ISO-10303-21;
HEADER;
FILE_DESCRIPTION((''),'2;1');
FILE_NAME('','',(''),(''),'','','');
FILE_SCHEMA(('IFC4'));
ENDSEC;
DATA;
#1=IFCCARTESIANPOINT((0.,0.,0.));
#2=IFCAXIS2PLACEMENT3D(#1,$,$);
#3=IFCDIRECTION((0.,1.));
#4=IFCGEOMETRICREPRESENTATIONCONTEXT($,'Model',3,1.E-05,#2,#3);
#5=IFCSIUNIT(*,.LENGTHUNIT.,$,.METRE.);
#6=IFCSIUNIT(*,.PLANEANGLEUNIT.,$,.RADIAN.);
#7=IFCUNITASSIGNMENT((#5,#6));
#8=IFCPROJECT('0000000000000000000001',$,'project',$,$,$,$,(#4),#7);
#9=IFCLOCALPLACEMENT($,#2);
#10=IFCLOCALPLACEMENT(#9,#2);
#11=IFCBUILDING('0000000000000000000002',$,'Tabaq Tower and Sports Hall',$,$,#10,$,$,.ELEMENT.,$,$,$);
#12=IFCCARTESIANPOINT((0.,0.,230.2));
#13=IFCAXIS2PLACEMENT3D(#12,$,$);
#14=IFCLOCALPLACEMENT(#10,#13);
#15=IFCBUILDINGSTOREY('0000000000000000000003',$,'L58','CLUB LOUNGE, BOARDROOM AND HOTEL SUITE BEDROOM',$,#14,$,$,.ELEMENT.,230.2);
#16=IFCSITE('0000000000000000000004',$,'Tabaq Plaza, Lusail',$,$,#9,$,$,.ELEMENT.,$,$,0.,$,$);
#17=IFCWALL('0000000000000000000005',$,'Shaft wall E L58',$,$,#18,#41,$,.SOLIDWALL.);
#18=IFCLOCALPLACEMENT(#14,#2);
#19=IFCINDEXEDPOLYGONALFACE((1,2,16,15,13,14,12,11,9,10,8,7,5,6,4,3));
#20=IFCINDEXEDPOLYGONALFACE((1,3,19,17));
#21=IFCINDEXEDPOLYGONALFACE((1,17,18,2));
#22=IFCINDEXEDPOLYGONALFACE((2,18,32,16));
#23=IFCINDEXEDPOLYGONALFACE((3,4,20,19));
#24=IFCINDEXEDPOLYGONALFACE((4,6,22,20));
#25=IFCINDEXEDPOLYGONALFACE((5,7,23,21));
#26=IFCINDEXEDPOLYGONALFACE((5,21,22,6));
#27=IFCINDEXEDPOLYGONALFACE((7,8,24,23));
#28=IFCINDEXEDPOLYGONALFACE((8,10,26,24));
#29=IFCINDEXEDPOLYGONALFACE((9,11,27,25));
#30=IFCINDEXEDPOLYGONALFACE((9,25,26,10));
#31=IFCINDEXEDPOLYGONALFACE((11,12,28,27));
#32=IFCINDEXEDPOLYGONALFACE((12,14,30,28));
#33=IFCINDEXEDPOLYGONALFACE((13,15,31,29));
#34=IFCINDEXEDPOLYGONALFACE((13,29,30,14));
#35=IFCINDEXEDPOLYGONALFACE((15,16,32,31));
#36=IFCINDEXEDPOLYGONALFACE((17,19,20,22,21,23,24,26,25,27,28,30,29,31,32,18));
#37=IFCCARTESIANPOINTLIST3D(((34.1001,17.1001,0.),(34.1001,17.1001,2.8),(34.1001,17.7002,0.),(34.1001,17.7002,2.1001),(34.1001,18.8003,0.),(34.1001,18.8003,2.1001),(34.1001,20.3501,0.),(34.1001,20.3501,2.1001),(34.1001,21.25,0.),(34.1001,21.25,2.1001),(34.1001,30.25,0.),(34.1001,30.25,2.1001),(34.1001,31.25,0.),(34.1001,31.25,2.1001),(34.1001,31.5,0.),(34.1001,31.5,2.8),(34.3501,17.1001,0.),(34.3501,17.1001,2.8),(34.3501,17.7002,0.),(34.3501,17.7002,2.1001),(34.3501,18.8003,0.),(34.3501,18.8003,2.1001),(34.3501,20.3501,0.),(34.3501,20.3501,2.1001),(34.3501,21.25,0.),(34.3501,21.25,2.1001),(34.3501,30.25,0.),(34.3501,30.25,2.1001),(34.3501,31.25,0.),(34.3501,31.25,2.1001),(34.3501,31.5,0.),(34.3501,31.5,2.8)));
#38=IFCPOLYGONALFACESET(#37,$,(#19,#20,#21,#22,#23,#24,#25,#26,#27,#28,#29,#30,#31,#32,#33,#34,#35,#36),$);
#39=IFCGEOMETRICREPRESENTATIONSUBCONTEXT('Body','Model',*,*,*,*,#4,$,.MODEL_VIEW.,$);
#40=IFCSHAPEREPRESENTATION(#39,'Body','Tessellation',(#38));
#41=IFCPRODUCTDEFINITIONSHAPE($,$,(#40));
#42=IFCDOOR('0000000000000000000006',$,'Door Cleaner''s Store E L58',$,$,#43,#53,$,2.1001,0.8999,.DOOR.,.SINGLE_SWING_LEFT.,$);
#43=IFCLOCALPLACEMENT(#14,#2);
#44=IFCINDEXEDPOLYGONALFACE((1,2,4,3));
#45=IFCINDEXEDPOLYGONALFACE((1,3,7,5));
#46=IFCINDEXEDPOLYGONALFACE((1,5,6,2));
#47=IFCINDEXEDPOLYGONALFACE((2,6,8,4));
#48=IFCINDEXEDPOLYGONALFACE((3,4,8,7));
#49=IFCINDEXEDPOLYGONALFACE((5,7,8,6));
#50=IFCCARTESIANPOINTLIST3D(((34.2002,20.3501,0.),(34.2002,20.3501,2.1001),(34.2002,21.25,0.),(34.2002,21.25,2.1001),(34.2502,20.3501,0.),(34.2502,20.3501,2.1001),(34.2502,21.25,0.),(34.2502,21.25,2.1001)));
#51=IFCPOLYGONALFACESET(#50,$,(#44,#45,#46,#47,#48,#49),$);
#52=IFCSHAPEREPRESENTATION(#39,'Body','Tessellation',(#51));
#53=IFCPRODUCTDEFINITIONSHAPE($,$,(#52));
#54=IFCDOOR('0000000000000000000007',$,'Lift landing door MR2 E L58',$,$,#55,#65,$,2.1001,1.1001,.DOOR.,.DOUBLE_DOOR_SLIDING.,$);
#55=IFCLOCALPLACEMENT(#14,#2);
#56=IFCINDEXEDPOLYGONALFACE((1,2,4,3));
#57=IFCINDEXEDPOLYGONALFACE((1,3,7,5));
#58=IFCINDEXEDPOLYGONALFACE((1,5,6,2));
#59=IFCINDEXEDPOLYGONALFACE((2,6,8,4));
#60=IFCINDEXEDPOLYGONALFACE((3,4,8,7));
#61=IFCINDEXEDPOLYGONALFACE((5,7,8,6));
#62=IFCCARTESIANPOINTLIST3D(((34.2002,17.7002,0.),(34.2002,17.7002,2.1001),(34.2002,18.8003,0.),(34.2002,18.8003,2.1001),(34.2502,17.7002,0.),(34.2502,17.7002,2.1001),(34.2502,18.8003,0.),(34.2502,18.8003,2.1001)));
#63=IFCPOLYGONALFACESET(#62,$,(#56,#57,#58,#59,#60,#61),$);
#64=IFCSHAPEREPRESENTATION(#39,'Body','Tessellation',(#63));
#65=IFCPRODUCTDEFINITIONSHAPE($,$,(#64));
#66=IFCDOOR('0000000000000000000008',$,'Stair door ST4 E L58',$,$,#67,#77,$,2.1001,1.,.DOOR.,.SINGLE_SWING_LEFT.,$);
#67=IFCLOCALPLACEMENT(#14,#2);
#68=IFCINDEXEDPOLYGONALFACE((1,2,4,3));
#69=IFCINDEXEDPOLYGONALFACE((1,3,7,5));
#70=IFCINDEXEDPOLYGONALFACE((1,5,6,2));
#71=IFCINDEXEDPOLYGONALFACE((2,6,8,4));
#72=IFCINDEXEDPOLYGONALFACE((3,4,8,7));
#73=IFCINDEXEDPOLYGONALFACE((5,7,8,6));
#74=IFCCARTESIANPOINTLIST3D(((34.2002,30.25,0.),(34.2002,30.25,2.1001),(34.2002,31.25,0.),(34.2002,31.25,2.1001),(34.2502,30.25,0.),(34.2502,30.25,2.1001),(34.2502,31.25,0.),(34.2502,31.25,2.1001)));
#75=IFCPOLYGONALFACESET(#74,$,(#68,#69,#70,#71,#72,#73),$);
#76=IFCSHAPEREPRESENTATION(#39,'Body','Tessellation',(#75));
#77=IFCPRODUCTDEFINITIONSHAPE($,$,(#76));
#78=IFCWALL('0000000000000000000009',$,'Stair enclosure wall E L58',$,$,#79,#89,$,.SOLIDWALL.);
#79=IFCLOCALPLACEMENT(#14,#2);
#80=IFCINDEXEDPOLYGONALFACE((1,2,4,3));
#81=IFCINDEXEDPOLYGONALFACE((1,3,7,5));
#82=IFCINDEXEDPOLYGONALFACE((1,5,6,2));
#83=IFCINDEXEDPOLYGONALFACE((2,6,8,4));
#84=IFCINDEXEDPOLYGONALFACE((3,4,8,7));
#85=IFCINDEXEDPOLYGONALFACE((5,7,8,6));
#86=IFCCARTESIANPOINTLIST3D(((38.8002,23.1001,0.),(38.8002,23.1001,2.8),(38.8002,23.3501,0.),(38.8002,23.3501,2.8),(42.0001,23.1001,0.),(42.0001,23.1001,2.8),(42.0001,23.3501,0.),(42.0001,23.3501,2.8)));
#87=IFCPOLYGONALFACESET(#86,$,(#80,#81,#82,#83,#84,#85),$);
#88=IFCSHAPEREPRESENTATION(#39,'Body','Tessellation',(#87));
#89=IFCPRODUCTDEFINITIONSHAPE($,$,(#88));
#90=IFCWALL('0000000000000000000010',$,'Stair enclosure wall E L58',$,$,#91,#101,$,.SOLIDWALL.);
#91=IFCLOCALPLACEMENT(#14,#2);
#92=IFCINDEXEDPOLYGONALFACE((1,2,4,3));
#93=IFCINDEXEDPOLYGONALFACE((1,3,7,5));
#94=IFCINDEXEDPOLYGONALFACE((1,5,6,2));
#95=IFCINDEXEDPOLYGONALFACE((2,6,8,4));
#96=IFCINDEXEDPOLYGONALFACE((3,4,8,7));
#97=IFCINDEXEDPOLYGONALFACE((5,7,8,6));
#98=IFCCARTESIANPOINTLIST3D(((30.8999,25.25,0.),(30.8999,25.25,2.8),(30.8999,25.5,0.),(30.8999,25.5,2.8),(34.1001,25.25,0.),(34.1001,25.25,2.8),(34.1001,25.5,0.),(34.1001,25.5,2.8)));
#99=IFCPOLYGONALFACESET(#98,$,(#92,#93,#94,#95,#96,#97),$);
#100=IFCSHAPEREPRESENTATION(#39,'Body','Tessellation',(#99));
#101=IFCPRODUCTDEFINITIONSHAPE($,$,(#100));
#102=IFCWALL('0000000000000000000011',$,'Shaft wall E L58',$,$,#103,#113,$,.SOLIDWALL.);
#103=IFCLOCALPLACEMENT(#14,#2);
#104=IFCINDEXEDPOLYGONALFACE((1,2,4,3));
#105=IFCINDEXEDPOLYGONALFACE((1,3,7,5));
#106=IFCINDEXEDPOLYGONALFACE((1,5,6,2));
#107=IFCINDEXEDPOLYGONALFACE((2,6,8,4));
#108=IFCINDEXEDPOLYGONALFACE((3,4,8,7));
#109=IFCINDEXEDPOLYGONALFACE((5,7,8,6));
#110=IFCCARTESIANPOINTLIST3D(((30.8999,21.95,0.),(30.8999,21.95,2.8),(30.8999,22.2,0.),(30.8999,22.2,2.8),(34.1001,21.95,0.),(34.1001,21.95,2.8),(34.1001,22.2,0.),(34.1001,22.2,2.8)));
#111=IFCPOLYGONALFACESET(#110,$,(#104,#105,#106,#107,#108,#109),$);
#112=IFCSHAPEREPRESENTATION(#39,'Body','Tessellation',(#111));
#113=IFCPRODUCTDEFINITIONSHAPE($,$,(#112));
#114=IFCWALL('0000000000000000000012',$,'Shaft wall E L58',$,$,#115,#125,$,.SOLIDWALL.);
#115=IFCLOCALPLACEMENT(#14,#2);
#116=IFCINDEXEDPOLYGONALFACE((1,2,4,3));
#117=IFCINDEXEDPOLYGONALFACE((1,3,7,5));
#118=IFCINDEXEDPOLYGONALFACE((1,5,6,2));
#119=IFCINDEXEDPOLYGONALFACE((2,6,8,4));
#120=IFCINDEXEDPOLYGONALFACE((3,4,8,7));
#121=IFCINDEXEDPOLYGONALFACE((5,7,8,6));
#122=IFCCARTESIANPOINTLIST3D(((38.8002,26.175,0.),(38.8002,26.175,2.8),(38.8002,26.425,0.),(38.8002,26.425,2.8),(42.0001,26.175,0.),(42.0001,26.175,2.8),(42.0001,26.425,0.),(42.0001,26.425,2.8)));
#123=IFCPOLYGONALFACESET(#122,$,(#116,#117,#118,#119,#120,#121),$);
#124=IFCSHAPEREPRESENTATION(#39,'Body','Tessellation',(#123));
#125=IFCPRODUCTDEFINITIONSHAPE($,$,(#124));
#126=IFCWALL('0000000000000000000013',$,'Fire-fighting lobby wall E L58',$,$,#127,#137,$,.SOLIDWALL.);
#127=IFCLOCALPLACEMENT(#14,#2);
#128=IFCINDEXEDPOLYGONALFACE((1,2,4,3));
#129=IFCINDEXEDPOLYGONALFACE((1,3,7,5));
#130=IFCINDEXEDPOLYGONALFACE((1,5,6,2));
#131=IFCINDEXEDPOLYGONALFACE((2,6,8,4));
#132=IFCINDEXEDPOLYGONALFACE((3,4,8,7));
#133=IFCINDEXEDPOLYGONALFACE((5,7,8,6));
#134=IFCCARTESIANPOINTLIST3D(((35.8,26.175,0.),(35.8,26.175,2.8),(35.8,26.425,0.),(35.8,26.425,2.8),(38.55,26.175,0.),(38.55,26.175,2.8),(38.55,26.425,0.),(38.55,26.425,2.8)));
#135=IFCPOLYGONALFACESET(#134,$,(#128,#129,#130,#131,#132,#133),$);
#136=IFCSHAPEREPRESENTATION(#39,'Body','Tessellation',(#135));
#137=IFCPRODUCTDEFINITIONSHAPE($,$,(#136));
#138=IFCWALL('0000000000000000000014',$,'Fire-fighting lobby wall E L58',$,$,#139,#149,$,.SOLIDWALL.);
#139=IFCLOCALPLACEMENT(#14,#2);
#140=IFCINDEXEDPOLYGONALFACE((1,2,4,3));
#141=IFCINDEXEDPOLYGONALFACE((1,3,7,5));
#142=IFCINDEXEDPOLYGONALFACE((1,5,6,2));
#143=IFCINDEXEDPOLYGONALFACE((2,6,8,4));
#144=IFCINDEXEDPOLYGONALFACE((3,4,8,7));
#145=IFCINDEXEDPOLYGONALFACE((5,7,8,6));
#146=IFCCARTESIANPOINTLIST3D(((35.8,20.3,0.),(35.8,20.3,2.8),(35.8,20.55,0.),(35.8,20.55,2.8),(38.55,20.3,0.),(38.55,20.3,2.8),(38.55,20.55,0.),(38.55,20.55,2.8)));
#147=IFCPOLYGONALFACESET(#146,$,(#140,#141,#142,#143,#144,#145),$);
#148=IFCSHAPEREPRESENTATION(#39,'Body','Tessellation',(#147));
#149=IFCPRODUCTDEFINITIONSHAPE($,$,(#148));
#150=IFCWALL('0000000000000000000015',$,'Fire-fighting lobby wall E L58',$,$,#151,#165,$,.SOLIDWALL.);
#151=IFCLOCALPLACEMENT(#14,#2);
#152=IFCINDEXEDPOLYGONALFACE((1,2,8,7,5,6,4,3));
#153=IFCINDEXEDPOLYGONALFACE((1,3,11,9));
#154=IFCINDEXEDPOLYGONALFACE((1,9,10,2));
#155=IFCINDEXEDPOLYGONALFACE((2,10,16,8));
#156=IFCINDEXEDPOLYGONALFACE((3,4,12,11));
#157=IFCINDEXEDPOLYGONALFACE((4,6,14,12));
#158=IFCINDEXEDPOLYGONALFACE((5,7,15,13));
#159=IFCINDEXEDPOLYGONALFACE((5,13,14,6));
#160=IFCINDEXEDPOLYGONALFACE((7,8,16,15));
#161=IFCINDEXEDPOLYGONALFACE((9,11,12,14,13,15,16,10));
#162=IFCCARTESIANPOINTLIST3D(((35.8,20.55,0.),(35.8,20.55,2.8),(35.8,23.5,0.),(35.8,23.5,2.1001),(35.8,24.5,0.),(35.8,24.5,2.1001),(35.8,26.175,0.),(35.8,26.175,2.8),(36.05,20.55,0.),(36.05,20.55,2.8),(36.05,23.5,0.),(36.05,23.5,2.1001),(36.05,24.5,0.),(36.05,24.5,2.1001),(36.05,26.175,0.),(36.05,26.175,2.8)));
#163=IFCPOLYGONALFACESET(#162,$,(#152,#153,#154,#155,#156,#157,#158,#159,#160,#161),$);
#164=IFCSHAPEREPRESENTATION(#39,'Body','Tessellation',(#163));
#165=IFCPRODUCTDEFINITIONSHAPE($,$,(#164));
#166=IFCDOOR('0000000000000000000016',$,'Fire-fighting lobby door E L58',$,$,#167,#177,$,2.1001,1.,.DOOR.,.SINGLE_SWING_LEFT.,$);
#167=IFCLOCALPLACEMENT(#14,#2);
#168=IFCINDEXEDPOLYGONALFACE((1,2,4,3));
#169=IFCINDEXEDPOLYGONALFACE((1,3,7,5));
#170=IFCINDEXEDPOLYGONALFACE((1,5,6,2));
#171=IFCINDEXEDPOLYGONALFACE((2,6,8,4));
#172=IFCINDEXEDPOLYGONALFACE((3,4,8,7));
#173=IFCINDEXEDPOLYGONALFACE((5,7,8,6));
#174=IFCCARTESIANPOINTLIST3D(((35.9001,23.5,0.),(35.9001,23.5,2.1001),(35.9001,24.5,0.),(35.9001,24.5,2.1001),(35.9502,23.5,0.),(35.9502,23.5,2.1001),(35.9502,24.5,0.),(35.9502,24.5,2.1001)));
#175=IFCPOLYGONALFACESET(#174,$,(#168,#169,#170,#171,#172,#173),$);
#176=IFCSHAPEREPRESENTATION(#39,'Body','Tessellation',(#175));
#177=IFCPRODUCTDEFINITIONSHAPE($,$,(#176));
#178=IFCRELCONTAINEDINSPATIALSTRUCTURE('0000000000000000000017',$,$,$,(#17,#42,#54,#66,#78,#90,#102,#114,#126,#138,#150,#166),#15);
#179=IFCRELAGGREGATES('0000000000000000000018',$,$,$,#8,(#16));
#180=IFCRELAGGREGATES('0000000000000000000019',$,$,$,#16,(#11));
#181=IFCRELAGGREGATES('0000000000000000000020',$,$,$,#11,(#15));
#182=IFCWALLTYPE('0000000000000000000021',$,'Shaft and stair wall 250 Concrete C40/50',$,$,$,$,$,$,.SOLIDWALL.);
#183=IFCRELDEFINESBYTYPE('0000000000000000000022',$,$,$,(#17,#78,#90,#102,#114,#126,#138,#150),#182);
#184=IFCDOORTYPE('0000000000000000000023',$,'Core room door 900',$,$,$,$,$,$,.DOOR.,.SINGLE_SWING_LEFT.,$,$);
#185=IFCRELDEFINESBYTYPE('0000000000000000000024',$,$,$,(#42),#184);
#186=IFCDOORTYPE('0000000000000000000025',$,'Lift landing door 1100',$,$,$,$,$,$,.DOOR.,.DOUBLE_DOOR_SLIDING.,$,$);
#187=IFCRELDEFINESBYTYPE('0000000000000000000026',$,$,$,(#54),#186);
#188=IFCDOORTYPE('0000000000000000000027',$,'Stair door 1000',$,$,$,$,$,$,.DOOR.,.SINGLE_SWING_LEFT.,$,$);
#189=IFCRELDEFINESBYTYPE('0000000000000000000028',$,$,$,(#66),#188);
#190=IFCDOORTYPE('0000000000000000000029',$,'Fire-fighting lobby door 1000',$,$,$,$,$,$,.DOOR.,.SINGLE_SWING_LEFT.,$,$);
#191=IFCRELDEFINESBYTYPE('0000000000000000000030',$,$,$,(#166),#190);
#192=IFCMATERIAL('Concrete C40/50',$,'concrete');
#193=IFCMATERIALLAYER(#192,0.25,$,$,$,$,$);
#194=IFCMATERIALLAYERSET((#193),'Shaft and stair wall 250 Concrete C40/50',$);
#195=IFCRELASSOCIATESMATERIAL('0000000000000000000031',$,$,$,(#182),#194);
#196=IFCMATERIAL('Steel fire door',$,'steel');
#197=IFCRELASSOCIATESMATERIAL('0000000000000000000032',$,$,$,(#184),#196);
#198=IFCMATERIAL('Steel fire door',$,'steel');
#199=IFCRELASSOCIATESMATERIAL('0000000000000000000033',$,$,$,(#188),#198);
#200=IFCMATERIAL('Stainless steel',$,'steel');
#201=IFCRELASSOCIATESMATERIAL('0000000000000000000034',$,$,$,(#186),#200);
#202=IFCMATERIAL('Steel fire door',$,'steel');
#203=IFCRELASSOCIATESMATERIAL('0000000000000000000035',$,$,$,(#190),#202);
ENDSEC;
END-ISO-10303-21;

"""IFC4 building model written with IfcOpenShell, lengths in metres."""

from ifc_helpers import new_model, si_unit, direction, frame, frame_2d, origin, place, context, subcontext, project, spatial, rectangle, extrude, material, layer, layer_set, type_object, element, fill, save


model = new_model("IFC4")

# Units and contexts
model_context = context("Model", 3, precision=1e-05, world=origin(), true_north=direction((0.0, 1.0)))
body_context = subcontext(model_context, "Body", "Model", "MODEL_VIEW")
ifc_project = project(units=[si_unit("LENGTHUNIT", "METRE"), si_unit("PLANEANGLEUNIT", "RADIAN")], contexts=[model_context])

# Site, building, storey
site_placement = place(None, origin())
site = spatial("IfcSite", under=ifc_project, at=site_placement, Name="Tabaq Plaza, Lusail", CompositionType="ELEMENT", RefElevation=0.0)
building_placement = place(site_placement, origin())
building = spatial("IfcBuilding", under=site, at=building_placement, Name="Tabaq Tower and Sports Hall", CompositionType="ELEMENT")
storey_placement = place(building_placement, frame((0.0, 0.0, 230.2)))
storey = spatial("IfcBuildingStorey", under=building, at=storey_placement, Name="L58", Description="CLUB LOUNGE, BOARDROOM AND HOTEL SUITE BEDROOM", CompositionType="ELEMENT", Elevation=230.2)

# Wall, openings, doors
ifc_material_1 = material(Name="Concrete C40/50", Category="concrete")
ifc_layer_1 = layer(ifc_material_1, 0.25)
ifc_layer_set_1 = layer_set([ifc_layer_1], Name="Shaft and stair wall 250 Concrete C40/50")
wall_type_1 = type_object("IfcWallType", Name="Shaft and stair wall 250 Concrete C40/50", PredefinedType="SOLIDWALL", material=ifc_layer_set_1)
ifc_material_2 = material(Name="Steel fire door", Category="steel")
door_type_1 = type_object("IfcDoorType", Name="Core room door 900", OperationType="SINGLE_SWING_LEFT", PredefinedType="DOOR", material=ifc_material_2)
ifc_material_3 = material(Name="Steel fire door", Category="steel")
door_type_2 = type_object("IfcDoorType", Name="Stair door 1000", OperationType="SINGLE_SWING_LEFT", PredefinedType="DOOR", material=ifc_material_3)
wall_1_placement = place(storey_placement, frame((34.2251, 17.1001, 0.0), z_axis=(0.0, 0.0, 1.0), x_axis=(0.0, 1.0, 0.0)))
wall_1 = element("IfcWall", 1, at=wall_1_placement, inside=storey, type_object=wall_type_1, Name="Shaft wall E L58", PredefinedType="SOLIDWALL", context=body_context, shape_type="SweptSolid", body=[
    extrude(rectangle(XDim=14.3999, YDim=0.25, at=frame_2d((7.2, 0.0))), origin(), (0.0, 0.0, 1.0), 2.8),
])
opening_1_placement = place(wall_1_placement, frame((13.1499, 0.0, 0.0)))
opening_1 = element("IfcOpeningElement", 2, at=opening_1_placement, cuts=wall_1, PredefinedType="OPENING", context=body_context, shape_type="SweptSolid", body=[
    extrude(rectangle(XDim=1.0, YDim=2.1001, at=frame_2d((0.5, 1.05))), frame((0.0, 0.125, 0.0), z_axis=(0.0, -1.0, 0.0), x_axis=(1.0, 0.0, 0.0)), (0.0, 0.0, 1.0), 0.25),
])
opening_2_placement = place(wall_1_placement, frame((0.6001, 0.0, 0.0)))
opening_2 = element("IfcOpeningElement", 3, at=opening_2_placement, cuts=wall_1, PredefinedType="OPENING", context=body_context, shape_type="SweptSolid", body=[
    extrude(rectangle(XDim=1.1001, YDim=2.1001, at=frame_2d((0.55, 1.05))), frame((0.0, 0.125, 0.0), z_axis=(0.0, -1.0, 0.0), x_axis=(1.0, 0.0, 0.0)), (0.0, 0.0, 1.0), 0.25),
])
opening_3_placement = place(wall_1_placement, frame((3.25, 0.0, 0.0)))
opening_3 = element("IfcOpeningElement", 4, at=opening_3_placement, cuts=wall_1, PredefinedType="OPENING", context=body_context, shape_type="SweptSolid", body=[
    extrude(rectangle(XDim=0.8999, YDim=2.1001, at=frame_2d((0.45, 1.05))), frame((0.0, 0.125, 0.0), z_axis=(0.0, -1.0, 0.0), x_axis=(1.0, 0.0, 0.0)), (0.0, 0.0, 1.0), 0.25),
])
door_1_placement = place(opening_3_placement, origin())
door_1 = element("IfcDoor", 5, at=door_1_placement, inside=storey, type_object=door_type_1, Name="Door Cleaner's Store E L58", OperationType="SINGLE_SWING_LEFT", OverallHeight=2.1001, OverallWidth=0.8999, PredefinedType="DOOR", context=body_context, shape_type="SweptSolid", body=[
    extrude(rectangle(XDim=0.8999, YDim=2.1001, at=frame_2d((0.45, 1.05))), frame((0.0, 0.0249, 0.0), z_axis=(0.0, -1.0, 0.0), x_axis=(1.0, 0.0, 0.0)), (0.0, 0.0, 1.0), 0.05),
])
fill(opening_3, door_1)
ifc_material_4 = material(Name="Stainless steel", Category="steel")
door_type_3 = type_object("IfcDoorType", Name="Lift landing door 1100", OperationType="DOUBLE_DOOR_SLIDING", PredefinedType="DOOR", material=ifc_material_4)
door_2_placement = place(opening_2_placement, origin())
door_2 = element("IfcDoor", 6, at=door_2_placement, inside=storey, type_object=door_type_3, Name="Lift landing door MR2 E L58", OperationType="DOUBLE_DOOR_SLIDING", OverallHeight=2.1001, OverallWidth=1.1001, PredefinedType="DOOR", context=body_context, shape_type="SweptSolid", body=[
    extrude(rectangle(XDim=1.1001, YDim=2.1001, at=frame_2d((0.55, 1.05))), frame((0.0, 0.0249, 0.0), z_axis=(0.0, -1.0, 0.0), x_axis=(1.0, 0.0, 0.0)), (0.0, 0.0, 1.0), 0.05),
])
fill(opening_2, door_2)
door_3_placement = place(opening_1_placement, origin())
door_3 = element("IfcDoor", 7, at=door_3_placement, inside=storey, type_object=door_type_2, Name="Stair door ST4 E L58", OperationType="SINGLE_SWING_LEFT", OverallHeight=2.1001, OverallWidth=1.0, PredefinedType="DOOR", context=body_context, shape_type="SweptSolid", body=[
    extrude(rectangle(XDim=1.0, YDim=2.1001, at=frame_2d((0.5, 1.05))), frame((0.0, 0.0249, 0.0), z_axis=(0.0, -1.0, 0.0), x_axis=(1.0, 0.0, 0.0)), (0.0, 0.0, 1.0), 0.05),
])
fill(opening_1, door_3)

# Walls
wall_2_placement = place(storey_placement, frame((38.8, 23.2251, 0.0), z_axis=(0.0, 0.0, 1.0), x_axis=(1.0, 0.0, 0.0)))
element("IfcWall", 8, at=wall_2_placement, inside=storey, type_object=wall_type_1, Name="Stair enclosure wall E L58", PredefinedType="SOLIDWALL", context=body_context, shape_type="SweptSolid", body=[
    extrude(rectangle(XDim=3.2, YDim=0.25, at=frame_2d((1.6001, 0.0))), origin(), (0.0, 0.0, 1.0), 2.8),
])
for number, where, z_axis, x_axis, name in (
    (9, (30.8999, 25.375, 0.0), (0.0, 0.0, 1.0), (1.0, 0.0, 0.0), "Stair enclosure wall E L58"),
    (10, (30.8999, 22.075, 0.0), (0.0, 0.0, 1.0), (1.0, 0.0, 0.0), "Shaft wall E L58"),
):
    element("IfcWall", number, at=place(storey_placement, frame(where, z_axis=z_axis, x_axis=x_axis)), inside=storey, type_object=wall_type_1, Name=name, PredefinedType="SOLIDWALL", context=body_context, shape_type="SweptSolid", body=[
        extrude(rectangle(XDim=3.2002, YDim=0.25, at=frame_2d((1.6001, 0.0))), origin(), (0.0, 0.0, 1.0), 2.8),
    ])
wall_3_placement = place(storey_placement, frame((38.8, 26.3, 0.0), z_axis=(0.0, 0.0, 1.0), x_axis=(1.0, 0.0, 0.0)))
element("IfcWall", 11, at=wall_3_placement, inside=storey, type_object=wall_type_1, Name="Shaft wall E L58", PredefinedType="SOLIDWALL", context=body_context, shape_type="SweptSolid", body=[
    extrude(rectangle(XDim=3.2, YDim=0.25, at=frame_2d((1.6001, 0.0))), origin(), (0.0, 0.0, 1.0), 2.8),
])
for number, where, z_axis, x_axis, name in (
    (12, (35.8, 26.3, 0.0), (0.0, 0.0, 1.0), (1.0, 0.0, 0.0), "Fire-fighting lobby wall E L58"),
    (13, (35.8, 20.425, 0.0), (0.0, 0.0, 1.0), (1.0, 0.0, 0.0), "Fire-fighting lobby wall E L58"),
):
    element("IfcWall", number, at=place(storey_placement, frame(where, z_axis=z_axis, x_axis=x_axis)), inside=storey, type_object=wall_type_1, Name=name, PredefinedType="SOLIDWALL", context=body_context, shape_type="SweptSolid", body=[
        extrude(rectangle(XDim=2.75, YDim=0.25, at=frame_2d((1.375, 0.0))), origin(), (0.0, 0.0, 1.0), 2.8),
    ])

# Wall, opening, door
wall_4_placement = place(storey_placement, frame((35.925, 20.55, 0.0), z_axis=(0.0, 0.0, 1.0), x_axis=(0.0, 1.0, 0.0)))
wall_4 = element("IfcWall", 14, at=wall_4_placement, inside=storey, type_object=wall_type_1, Name="Fire-fighting lobby wall E L58", PredefinedType="SOLIDWALL", context=body_context, shape_type="SweptSolid", body=[
    extrude(rectangle(XDim=5.625, YDim=0.25, at=frame_2d((2.8125, 0.0))), origin(), (0.0, 0.0, 1.0), 2.8),
])
opening_4_placement = place(wall_4_placement, frame((2.95, 0.0, 0.0)))
opening_4 = element("IfcOpeningElement", 15, at=opening_4_placement, cuts=wall_4, PredefinedType="OPENING", context=body_context, shape_type="SweptSolid", body=[
    extrude(rectangle(XDim=1.0, YDim=2.1001, at=frame_2d((0.5, 1.05))), frame((0.0, 0.125, 0.0), z_axis=(0.0, -1.0, 0.0), x_axis=(1.0, 0.0, 0.0)), (0.0, 0.0, 1.0), 0.25),
])
ifc_material_5 = material(Name="Steel fire door", Category="steel")
door_type_4 = type_object("IfcDoorType", Name="Fire-fighting lobby door 1000", OperationType="SINGLE_SWING_LEFT", PredefinedType="DOOR", material=ifc_material_5)
door_4_placement = place(opening_4_placement, origin())
door_4 = element("IfcDoor", 16, at=door_4_placement, inside=storey, type_object=door_type_4, Name="Fire-fighting lobby door E L58", OperationType="SINGLE_SWING_LEFT", OverallHeight=2.1001, OverallWidth=1.0, PredefinedType="DOOR", context=body_context, shape_type="SweptSolid", body=[
    extrude(rectangle(XDim=1.0, YDim=2.1001, at=frame_2d((0.5, 1.05))), frame((0.0, 0.0249, 0.0), z_axis=(0.0, -1.0, 0.0), x_axis=(1.0, 0.0, 0.0)), (0.0, 0.0, 1.0), 0.05),
])
fill(opening_4, door_4)

save(model, "model.ifc")
